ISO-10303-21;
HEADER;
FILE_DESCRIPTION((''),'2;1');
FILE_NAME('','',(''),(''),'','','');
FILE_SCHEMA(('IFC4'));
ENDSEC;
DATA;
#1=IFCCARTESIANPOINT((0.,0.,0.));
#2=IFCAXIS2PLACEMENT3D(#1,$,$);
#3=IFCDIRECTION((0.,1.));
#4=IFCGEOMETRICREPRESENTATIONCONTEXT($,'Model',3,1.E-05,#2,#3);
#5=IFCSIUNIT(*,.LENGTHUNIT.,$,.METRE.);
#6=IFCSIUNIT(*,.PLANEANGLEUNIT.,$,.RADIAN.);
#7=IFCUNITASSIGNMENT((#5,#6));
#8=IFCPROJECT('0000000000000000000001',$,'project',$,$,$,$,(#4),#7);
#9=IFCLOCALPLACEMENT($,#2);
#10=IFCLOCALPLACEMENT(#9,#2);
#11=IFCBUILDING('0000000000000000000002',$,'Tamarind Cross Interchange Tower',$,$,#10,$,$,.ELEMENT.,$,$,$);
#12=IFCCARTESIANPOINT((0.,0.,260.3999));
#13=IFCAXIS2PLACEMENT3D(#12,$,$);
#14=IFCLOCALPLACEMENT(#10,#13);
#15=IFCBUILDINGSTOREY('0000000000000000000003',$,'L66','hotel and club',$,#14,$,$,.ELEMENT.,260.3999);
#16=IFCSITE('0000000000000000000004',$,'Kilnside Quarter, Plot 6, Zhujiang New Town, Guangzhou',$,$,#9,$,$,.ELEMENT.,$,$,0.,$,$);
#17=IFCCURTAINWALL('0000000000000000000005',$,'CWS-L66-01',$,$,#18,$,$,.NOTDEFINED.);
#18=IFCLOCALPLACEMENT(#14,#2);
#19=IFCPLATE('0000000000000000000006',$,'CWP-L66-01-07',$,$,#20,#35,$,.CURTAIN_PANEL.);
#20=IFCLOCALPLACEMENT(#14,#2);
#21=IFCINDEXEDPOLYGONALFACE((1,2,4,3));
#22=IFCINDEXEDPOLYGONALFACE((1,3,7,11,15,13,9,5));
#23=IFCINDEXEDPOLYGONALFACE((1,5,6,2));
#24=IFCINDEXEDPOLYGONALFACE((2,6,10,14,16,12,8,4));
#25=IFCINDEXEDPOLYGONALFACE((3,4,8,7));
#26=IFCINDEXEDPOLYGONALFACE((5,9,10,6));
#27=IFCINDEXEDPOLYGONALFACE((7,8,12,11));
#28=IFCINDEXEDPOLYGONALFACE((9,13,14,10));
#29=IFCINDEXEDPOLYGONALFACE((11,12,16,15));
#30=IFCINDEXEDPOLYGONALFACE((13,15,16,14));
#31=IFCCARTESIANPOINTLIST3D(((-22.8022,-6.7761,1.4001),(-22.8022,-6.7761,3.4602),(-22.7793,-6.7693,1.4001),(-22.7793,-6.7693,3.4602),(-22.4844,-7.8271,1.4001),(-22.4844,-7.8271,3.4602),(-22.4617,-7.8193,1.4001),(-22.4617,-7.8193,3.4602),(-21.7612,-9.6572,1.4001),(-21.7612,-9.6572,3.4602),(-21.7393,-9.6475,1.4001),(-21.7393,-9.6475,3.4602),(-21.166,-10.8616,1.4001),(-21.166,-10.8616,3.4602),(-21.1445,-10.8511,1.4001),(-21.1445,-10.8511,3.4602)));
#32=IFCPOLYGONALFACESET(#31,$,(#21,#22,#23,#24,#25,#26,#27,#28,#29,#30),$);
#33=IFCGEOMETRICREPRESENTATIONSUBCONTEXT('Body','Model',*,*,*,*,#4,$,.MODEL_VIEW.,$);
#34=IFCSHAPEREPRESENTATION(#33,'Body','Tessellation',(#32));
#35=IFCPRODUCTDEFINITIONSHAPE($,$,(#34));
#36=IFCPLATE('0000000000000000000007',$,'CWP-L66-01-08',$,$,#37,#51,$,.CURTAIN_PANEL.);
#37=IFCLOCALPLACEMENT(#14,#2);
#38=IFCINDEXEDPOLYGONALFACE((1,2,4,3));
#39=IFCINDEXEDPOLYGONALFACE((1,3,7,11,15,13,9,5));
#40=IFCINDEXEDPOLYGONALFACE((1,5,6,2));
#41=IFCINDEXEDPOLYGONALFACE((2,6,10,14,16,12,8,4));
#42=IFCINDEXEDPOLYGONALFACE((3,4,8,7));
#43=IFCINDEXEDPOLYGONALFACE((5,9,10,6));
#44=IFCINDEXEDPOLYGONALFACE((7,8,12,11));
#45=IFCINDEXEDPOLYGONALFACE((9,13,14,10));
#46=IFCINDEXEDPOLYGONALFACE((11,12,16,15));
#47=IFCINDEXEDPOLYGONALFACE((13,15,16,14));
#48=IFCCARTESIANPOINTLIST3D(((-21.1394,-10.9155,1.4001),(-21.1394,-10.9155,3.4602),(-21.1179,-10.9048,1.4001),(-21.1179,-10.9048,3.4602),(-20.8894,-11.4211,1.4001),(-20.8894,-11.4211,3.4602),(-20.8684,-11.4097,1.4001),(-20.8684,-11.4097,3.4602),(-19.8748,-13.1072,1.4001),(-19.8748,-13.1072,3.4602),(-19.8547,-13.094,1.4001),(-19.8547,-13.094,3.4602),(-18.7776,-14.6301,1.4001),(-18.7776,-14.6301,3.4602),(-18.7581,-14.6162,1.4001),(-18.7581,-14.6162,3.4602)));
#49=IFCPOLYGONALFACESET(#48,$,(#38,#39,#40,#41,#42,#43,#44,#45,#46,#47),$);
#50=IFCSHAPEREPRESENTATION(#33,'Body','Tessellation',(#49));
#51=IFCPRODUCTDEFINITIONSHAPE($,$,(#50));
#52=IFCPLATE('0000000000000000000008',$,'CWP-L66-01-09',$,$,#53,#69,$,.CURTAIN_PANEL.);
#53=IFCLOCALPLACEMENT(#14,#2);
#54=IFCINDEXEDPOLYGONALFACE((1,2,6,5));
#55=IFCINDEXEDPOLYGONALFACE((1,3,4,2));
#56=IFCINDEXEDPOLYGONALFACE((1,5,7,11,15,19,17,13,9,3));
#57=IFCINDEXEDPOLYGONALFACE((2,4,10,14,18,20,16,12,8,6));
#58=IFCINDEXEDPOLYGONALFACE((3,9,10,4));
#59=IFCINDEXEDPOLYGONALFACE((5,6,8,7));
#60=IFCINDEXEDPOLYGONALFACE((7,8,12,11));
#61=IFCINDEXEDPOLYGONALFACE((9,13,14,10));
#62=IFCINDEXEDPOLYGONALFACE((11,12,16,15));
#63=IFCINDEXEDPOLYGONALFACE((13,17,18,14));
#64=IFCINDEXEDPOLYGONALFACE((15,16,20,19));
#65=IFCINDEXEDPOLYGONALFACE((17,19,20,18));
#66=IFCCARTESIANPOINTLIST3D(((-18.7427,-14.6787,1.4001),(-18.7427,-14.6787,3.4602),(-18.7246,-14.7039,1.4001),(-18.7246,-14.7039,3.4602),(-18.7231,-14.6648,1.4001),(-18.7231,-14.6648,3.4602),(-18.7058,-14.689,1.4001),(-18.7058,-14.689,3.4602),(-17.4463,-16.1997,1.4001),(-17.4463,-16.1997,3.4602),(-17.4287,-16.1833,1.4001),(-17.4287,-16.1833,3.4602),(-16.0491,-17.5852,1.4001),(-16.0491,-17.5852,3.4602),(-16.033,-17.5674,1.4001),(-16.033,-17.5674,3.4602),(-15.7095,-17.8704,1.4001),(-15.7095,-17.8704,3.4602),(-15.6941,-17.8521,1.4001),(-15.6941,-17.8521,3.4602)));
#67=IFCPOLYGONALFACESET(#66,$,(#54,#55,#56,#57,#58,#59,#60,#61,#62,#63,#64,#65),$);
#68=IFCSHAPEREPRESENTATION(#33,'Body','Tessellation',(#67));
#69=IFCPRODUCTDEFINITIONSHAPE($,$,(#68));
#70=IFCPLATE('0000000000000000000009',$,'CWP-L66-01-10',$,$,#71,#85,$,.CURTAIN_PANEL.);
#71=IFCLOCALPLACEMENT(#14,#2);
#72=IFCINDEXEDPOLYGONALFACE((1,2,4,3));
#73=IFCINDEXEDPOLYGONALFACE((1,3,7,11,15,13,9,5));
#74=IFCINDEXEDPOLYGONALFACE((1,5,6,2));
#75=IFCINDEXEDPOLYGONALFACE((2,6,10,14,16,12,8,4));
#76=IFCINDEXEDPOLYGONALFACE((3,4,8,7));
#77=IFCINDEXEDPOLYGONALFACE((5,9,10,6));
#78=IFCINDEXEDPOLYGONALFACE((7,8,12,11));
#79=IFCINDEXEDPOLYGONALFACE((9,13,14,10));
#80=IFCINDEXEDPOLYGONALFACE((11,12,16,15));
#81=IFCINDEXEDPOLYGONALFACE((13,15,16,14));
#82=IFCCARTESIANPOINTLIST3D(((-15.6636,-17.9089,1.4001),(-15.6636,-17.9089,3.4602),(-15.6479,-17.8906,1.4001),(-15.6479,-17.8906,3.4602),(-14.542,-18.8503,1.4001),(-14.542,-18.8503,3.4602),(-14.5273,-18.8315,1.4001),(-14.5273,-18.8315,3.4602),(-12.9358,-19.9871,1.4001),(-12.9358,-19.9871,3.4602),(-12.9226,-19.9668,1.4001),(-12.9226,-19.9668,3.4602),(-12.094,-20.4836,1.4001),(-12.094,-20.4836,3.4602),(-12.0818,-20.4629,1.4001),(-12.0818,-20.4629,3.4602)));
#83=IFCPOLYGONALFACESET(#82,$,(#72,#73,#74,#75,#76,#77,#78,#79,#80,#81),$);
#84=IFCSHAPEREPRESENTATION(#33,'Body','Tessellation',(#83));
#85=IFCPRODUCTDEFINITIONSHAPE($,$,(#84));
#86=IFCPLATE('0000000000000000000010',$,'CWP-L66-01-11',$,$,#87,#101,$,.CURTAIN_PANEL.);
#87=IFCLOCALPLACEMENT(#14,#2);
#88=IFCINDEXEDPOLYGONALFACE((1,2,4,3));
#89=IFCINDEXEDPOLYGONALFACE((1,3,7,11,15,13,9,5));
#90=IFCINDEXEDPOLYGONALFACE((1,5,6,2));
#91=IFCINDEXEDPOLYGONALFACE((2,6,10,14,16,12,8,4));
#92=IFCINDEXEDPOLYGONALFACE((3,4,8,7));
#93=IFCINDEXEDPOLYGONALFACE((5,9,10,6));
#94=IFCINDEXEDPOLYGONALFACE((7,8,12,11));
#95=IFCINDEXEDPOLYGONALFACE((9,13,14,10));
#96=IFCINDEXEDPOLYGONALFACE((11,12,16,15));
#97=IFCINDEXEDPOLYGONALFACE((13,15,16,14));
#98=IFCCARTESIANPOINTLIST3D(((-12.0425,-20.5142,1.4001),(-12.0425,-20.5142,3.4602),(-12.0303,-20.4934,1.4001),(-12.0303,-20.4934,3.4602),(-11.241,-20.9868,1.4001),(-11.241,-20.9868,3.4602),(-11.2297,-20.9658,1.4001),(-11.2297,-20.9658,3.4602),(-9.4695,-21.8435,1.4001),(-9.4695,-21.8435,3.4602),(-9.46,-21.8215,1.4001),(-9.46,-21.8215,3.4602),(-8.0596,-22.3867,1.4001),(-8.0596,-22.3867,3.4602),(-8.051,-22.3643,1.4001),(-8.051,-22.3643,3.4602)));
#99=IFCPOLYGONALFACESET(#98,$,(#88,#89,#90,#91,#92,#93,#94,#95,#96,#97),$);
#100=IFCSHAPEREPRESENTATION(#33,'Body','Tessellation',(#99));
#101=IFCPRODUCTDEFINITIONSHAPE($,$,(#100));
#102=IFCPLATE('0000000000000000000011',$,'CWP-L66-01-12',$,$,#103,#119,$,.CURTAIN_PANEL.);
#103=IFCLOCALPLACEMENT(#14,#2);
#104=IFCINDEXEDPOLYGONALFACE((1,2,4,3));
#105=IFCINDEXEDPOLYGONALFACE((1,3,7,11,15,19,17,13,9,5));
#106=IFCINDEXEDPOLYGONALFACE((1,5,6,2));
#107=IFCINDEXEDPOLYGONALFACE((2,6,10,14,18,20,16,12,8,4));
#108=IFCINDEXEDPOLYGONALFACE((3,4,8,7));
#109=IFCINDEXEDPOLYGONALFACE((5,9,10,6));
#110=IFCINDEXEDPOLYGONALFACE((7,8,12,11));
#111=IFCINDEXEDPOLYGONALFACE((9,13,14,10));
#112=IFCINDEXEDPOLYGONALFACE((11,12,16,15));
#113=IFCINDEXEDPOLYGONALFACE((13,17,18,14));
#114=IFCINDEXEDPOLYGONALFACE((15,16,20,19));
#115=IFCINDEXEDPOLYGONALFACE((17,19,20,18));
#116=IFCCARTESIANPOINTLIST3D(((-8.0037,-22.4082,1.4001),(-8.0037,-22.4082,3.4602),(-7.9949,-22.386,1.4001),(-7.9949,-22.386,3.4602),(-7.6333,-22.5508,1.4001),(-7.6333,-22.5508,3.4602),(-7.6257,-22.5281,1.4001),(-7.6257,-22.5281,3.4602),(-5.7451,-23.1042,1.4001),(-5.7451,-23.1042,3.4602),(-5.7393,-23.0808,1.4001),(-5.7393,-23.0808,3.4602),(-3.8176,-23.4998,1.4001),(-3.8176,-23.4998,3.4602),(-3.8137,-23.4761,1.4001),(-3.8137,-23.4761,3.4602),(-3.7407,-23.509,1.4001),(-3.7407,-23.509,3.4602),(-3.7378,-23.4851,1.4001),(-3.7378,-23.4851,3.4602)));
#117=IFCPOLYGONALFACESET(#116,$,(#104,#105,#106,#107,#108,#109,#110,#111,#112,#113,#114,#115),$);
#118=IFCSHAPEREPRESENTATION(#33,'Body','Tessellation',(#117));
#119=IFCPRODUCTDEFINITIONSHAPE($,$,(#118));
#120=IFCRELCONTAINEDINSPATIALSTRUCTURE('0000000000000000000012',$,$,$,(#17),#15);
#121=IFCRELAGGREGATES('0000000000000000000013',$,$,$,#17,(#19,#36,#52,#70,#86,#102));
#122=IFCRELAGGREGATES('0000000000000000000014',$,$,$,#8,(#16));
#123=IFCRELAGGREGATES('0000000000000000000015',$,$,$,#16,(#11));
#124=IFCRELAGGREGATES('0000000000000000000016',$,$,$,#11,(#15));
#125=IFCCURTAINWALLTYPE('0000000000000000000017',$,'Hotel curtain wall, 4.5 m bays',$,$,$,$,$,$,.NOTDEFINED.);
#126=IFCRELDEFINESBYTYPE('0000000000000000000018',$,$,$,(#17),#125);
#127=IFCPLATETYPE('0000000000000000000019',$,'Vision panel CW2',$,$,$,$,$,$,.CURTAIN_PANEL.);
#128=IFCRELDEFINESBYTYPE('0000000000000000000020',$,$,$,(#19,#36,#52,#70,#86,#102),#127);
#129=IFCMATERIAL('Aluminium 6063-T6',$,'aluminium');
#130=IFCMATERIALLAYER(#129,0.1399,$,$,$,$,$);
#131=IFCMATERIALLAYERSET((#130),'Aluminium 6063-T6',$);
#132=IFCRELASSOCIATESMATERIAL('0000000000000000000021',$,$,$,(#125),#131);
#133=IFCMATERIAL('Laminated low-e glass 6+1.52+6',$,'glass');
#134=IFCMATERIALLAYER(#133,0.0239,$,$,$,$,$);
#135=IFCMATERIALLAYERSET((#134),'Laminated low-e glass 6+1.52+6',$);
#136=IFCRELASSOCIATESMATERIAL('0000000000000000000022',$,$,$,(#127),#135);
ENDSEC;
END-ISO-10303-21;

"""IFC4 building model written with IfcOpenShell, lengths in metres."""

from ifc_helpers import new_model, si_unit, direction, frame, origin, place, context, subcontext, project, spatial, polyline, outline, extrude, material, layer, layer_set, type_object, element, aggregate, save


model = new_model("IFC4")

# Units and contexts
model_context = context("Model", 3, precision=1e-05, world=origin(), true_north=direction((0.0, 1.0)))
body_context = subcontext(model_context, "Body", "Model", "MODEL_VIEW")
ifc_project = project(units=[si_unit("LENGTHUNIT", "METRE"), si_unit("PLANEANGLEUNIT", "RADIAN")], contexts=[model_context])

# Site, building, storey
site_placement = place(None, origin())
site = spatial("IfcSite", under=ifc_project, at=site_placement, Name="Kilnside Quarter, Plot 6, Zhujiang New Town, Guangzhou", CompositionType="ELEMENT", RefElevation=0.0)
building_placement = place(site_placement, origin())
building = spatial("IfcBuilding", under=site, at=building_placement, Name="Tamarind Cross Interchange Tower", CompositionType="ELEMENT")
storey_placement = place(building_placement, frame((0.0, 0.0, 260.3999)))
storey = spatial("IfcBuildingStorey", under=building, at=storey_placement, Name="L66", Description="hotel and club", CompositionType="ELEMENT", Elevation=260.3999)

# Shared definitions
ifc_material_1 = material(Name="Aluminium 6063-T6", Category="aluminium")
ifc_layer_1 = layer(ifc_material_1, 0.1399)
ifc_layer_set_1 = layer_set([ifc_layer_1], Name="Aluminium 6063-T6")
curtain_wall_type = type_object("IfcCurtainWallType", Name="Hotel curtain wall, 4.5 m bays", PredefinedType="NOTDEFINED", material=ifc_layer_set_1)

# Shared definitions
ifc_material_2 = material(Name="Laminated low-e glass 6+1.52+6", Category="glass")
ifc_layer_2 = layer(ifc_material_2, 0.0239)
ifc_layer_set_2 = layer_set([ifc_layer_2], Name="Laminated low-e glass 6+1.52+6")
plate_type = type_object("IfcPlateType", Name="Vision panel CW2", PredefinedType="CURTAIN_PANEL", material=ifc_layer_set_2)

# Curtain wall, plates
curtain_wall_1_placement = place(storey_placement, origin())
curtain_wall_1 = element("IfcCurtainWall", 1, at=curtain_wall_1_placement, inside=storey, type_object=curtain_wall_type, Name="CWS-L66-01", PredefinedType="NOTDEFINED")
plate_1_placement = place(storey_placement, frame((0.0, 0.0, 1.4001)))
plate_1 = element("IfcPlate", 2, at=plate_1_placement, type_object=plate_type, Name="CWP-L66-01-07", PredefinedType="CURTAIN_PANEL", context=body_context, shape_type="SweptSolid", body=[
    extrude(outline(polyline([(-22.7793, -6.7693), (-22.4617, -7.8193), (-21.7393, -9.6475), (-21.1445, -10.8511), (-21.166, -10.8616), (-21.7612, -9.6572), (-22.4844, -7.8271), (-22.8022, -6.7761), (-22.7793, -6.7693)])), origin(), (0.0, 0.0, 1.0), 2.0601),
])
plate_2_placement = place(storey_placement, frame((0.0, 0.0, 1.4001)))
plate_2 = element("IfcPlate", 3, at=plate_2_placement, type_object=plate_type, Name="CWP-L66-01-08", PredefinedType="CURTAIN_PANEL", context=body_context, shape_type="SweptSolid", body=[
    extrude(outline(polyline([(-21.1179, -10.9048), (-20.8684, -11.4097), (-19.8547, -13.094), (-18.7581, -14.6162), (-18.7776, -14.6301), (-19.8748, -13.1072), (-20.8894, -11.4211), (-21.1394, -10.9155), (-21.1179, -10.9048)])), origin(), (0.0, 0.0, 1.0), 2.0601),
])
plate_3_placement = place(storey_placement, frame((0.0, 0.0, 1.4001)))
plate_3 = element("IfcPlate", 4, at=plate_3_placement, type_object=plate_type, Name="CWP-L66-01-09", PredefinedType="CURTAIN_PANEL", context=body_context, shape_type="SweptSolid", body=[
    extrude(outline(polyline([(-18.7231, -14.6648), (-18.7058, -14.689), (-17.4287, -16.1833), (-16.033, -17.5674), (-15.6941, -17.8521), (-15.7095, -17.8704), (-16.0491, -17.5852), (-17.4463, -16.1997), (-18.7246, -14.7039), (-18.7427, -14.6787), (-18.7231, -14.6648)])), origin(), (0.0, 0.0, 1.0), 2.0601),
])
plate_4_placement = place(storey_placement, frame((0.0, 0.0, 1.4001)))
plate_4 = element("IfcPlate", 5, at=plate_4_placement, type_object=plate_type, Name="CWP-L66-01-10", PredefinedType="CURTAIN_PANEL", context=body_context, shape_type="SweptSolid", body=[
    extrude(outline(polyline([(-15.6479, -17.8906), (-14.5273, -18.8315), (-12.9226, -19.9668), (-12.0818, -20.4629), (-12.094, -20.4836), (-12.9358, -19.9871), (-14.542, -18.8503), (-15.6636, -17.9089), (-15.6479, -17.8906)])), origin(), (0.0, 0.0, 1.0), 2.0601),
])
plate_5_placement = place(storey_placement, frame((0.0, 0.0, 1.4001)))
plate_5 = element("IfcPlate", 6, at=plate_5_placement, type_object=plate_type, Name="CWP-L66-01-11", PredefinedType="CURTAIN_PANEL", context=body_context, shape_type="SweptSolid", body=[
    extrude(outline(polyline([(-12.0303, -20.4934), (-11.2297, -20.9658), (-9.46, -21.8215), (-8.051, -22.3643), (-8.0596, -22.3867), (-9.4695, -21.8435), (-11.241, -20.9868), (-12.0425, -20.5142), (-12.0303, -20.4934)])), origin(), (0.0, 0.0, 1.0), 2.0601),
])
plate_6_placement = place(storey_placement, frame((0.0, 0.0, 1.4001)))
plate_6 = element("IfcPlate", 7, at=plate_6_placement, type_object=plate_type, Name="CWP-L66-01-12", PredefinedType="CURTAIN_PANEL", context=body_context, shape_type="SweptSolid", body=[
    extrude(outline(polyline([(-7.9949, -22.386), (-7.6257, -22.5281), (-5.7393, -23.0808), (-3.8137, -23.4761), (-3.7378, -23.4851), (-3.7407, -23.509), (-3.8176, -23.4998), (-5.7451, -23.1042), (-7.6333, -22.5508), (-8.0037, -22.4082), (-7.9949, -22.386)])), origin(), (0.0, 0.0, 1.0), 2.0601),
])
aggregate(curtain_wall_1, [plate_1, plate_2, plate_3, plate_4, plate_5, plate_6])

save(model, "model.ifc")
